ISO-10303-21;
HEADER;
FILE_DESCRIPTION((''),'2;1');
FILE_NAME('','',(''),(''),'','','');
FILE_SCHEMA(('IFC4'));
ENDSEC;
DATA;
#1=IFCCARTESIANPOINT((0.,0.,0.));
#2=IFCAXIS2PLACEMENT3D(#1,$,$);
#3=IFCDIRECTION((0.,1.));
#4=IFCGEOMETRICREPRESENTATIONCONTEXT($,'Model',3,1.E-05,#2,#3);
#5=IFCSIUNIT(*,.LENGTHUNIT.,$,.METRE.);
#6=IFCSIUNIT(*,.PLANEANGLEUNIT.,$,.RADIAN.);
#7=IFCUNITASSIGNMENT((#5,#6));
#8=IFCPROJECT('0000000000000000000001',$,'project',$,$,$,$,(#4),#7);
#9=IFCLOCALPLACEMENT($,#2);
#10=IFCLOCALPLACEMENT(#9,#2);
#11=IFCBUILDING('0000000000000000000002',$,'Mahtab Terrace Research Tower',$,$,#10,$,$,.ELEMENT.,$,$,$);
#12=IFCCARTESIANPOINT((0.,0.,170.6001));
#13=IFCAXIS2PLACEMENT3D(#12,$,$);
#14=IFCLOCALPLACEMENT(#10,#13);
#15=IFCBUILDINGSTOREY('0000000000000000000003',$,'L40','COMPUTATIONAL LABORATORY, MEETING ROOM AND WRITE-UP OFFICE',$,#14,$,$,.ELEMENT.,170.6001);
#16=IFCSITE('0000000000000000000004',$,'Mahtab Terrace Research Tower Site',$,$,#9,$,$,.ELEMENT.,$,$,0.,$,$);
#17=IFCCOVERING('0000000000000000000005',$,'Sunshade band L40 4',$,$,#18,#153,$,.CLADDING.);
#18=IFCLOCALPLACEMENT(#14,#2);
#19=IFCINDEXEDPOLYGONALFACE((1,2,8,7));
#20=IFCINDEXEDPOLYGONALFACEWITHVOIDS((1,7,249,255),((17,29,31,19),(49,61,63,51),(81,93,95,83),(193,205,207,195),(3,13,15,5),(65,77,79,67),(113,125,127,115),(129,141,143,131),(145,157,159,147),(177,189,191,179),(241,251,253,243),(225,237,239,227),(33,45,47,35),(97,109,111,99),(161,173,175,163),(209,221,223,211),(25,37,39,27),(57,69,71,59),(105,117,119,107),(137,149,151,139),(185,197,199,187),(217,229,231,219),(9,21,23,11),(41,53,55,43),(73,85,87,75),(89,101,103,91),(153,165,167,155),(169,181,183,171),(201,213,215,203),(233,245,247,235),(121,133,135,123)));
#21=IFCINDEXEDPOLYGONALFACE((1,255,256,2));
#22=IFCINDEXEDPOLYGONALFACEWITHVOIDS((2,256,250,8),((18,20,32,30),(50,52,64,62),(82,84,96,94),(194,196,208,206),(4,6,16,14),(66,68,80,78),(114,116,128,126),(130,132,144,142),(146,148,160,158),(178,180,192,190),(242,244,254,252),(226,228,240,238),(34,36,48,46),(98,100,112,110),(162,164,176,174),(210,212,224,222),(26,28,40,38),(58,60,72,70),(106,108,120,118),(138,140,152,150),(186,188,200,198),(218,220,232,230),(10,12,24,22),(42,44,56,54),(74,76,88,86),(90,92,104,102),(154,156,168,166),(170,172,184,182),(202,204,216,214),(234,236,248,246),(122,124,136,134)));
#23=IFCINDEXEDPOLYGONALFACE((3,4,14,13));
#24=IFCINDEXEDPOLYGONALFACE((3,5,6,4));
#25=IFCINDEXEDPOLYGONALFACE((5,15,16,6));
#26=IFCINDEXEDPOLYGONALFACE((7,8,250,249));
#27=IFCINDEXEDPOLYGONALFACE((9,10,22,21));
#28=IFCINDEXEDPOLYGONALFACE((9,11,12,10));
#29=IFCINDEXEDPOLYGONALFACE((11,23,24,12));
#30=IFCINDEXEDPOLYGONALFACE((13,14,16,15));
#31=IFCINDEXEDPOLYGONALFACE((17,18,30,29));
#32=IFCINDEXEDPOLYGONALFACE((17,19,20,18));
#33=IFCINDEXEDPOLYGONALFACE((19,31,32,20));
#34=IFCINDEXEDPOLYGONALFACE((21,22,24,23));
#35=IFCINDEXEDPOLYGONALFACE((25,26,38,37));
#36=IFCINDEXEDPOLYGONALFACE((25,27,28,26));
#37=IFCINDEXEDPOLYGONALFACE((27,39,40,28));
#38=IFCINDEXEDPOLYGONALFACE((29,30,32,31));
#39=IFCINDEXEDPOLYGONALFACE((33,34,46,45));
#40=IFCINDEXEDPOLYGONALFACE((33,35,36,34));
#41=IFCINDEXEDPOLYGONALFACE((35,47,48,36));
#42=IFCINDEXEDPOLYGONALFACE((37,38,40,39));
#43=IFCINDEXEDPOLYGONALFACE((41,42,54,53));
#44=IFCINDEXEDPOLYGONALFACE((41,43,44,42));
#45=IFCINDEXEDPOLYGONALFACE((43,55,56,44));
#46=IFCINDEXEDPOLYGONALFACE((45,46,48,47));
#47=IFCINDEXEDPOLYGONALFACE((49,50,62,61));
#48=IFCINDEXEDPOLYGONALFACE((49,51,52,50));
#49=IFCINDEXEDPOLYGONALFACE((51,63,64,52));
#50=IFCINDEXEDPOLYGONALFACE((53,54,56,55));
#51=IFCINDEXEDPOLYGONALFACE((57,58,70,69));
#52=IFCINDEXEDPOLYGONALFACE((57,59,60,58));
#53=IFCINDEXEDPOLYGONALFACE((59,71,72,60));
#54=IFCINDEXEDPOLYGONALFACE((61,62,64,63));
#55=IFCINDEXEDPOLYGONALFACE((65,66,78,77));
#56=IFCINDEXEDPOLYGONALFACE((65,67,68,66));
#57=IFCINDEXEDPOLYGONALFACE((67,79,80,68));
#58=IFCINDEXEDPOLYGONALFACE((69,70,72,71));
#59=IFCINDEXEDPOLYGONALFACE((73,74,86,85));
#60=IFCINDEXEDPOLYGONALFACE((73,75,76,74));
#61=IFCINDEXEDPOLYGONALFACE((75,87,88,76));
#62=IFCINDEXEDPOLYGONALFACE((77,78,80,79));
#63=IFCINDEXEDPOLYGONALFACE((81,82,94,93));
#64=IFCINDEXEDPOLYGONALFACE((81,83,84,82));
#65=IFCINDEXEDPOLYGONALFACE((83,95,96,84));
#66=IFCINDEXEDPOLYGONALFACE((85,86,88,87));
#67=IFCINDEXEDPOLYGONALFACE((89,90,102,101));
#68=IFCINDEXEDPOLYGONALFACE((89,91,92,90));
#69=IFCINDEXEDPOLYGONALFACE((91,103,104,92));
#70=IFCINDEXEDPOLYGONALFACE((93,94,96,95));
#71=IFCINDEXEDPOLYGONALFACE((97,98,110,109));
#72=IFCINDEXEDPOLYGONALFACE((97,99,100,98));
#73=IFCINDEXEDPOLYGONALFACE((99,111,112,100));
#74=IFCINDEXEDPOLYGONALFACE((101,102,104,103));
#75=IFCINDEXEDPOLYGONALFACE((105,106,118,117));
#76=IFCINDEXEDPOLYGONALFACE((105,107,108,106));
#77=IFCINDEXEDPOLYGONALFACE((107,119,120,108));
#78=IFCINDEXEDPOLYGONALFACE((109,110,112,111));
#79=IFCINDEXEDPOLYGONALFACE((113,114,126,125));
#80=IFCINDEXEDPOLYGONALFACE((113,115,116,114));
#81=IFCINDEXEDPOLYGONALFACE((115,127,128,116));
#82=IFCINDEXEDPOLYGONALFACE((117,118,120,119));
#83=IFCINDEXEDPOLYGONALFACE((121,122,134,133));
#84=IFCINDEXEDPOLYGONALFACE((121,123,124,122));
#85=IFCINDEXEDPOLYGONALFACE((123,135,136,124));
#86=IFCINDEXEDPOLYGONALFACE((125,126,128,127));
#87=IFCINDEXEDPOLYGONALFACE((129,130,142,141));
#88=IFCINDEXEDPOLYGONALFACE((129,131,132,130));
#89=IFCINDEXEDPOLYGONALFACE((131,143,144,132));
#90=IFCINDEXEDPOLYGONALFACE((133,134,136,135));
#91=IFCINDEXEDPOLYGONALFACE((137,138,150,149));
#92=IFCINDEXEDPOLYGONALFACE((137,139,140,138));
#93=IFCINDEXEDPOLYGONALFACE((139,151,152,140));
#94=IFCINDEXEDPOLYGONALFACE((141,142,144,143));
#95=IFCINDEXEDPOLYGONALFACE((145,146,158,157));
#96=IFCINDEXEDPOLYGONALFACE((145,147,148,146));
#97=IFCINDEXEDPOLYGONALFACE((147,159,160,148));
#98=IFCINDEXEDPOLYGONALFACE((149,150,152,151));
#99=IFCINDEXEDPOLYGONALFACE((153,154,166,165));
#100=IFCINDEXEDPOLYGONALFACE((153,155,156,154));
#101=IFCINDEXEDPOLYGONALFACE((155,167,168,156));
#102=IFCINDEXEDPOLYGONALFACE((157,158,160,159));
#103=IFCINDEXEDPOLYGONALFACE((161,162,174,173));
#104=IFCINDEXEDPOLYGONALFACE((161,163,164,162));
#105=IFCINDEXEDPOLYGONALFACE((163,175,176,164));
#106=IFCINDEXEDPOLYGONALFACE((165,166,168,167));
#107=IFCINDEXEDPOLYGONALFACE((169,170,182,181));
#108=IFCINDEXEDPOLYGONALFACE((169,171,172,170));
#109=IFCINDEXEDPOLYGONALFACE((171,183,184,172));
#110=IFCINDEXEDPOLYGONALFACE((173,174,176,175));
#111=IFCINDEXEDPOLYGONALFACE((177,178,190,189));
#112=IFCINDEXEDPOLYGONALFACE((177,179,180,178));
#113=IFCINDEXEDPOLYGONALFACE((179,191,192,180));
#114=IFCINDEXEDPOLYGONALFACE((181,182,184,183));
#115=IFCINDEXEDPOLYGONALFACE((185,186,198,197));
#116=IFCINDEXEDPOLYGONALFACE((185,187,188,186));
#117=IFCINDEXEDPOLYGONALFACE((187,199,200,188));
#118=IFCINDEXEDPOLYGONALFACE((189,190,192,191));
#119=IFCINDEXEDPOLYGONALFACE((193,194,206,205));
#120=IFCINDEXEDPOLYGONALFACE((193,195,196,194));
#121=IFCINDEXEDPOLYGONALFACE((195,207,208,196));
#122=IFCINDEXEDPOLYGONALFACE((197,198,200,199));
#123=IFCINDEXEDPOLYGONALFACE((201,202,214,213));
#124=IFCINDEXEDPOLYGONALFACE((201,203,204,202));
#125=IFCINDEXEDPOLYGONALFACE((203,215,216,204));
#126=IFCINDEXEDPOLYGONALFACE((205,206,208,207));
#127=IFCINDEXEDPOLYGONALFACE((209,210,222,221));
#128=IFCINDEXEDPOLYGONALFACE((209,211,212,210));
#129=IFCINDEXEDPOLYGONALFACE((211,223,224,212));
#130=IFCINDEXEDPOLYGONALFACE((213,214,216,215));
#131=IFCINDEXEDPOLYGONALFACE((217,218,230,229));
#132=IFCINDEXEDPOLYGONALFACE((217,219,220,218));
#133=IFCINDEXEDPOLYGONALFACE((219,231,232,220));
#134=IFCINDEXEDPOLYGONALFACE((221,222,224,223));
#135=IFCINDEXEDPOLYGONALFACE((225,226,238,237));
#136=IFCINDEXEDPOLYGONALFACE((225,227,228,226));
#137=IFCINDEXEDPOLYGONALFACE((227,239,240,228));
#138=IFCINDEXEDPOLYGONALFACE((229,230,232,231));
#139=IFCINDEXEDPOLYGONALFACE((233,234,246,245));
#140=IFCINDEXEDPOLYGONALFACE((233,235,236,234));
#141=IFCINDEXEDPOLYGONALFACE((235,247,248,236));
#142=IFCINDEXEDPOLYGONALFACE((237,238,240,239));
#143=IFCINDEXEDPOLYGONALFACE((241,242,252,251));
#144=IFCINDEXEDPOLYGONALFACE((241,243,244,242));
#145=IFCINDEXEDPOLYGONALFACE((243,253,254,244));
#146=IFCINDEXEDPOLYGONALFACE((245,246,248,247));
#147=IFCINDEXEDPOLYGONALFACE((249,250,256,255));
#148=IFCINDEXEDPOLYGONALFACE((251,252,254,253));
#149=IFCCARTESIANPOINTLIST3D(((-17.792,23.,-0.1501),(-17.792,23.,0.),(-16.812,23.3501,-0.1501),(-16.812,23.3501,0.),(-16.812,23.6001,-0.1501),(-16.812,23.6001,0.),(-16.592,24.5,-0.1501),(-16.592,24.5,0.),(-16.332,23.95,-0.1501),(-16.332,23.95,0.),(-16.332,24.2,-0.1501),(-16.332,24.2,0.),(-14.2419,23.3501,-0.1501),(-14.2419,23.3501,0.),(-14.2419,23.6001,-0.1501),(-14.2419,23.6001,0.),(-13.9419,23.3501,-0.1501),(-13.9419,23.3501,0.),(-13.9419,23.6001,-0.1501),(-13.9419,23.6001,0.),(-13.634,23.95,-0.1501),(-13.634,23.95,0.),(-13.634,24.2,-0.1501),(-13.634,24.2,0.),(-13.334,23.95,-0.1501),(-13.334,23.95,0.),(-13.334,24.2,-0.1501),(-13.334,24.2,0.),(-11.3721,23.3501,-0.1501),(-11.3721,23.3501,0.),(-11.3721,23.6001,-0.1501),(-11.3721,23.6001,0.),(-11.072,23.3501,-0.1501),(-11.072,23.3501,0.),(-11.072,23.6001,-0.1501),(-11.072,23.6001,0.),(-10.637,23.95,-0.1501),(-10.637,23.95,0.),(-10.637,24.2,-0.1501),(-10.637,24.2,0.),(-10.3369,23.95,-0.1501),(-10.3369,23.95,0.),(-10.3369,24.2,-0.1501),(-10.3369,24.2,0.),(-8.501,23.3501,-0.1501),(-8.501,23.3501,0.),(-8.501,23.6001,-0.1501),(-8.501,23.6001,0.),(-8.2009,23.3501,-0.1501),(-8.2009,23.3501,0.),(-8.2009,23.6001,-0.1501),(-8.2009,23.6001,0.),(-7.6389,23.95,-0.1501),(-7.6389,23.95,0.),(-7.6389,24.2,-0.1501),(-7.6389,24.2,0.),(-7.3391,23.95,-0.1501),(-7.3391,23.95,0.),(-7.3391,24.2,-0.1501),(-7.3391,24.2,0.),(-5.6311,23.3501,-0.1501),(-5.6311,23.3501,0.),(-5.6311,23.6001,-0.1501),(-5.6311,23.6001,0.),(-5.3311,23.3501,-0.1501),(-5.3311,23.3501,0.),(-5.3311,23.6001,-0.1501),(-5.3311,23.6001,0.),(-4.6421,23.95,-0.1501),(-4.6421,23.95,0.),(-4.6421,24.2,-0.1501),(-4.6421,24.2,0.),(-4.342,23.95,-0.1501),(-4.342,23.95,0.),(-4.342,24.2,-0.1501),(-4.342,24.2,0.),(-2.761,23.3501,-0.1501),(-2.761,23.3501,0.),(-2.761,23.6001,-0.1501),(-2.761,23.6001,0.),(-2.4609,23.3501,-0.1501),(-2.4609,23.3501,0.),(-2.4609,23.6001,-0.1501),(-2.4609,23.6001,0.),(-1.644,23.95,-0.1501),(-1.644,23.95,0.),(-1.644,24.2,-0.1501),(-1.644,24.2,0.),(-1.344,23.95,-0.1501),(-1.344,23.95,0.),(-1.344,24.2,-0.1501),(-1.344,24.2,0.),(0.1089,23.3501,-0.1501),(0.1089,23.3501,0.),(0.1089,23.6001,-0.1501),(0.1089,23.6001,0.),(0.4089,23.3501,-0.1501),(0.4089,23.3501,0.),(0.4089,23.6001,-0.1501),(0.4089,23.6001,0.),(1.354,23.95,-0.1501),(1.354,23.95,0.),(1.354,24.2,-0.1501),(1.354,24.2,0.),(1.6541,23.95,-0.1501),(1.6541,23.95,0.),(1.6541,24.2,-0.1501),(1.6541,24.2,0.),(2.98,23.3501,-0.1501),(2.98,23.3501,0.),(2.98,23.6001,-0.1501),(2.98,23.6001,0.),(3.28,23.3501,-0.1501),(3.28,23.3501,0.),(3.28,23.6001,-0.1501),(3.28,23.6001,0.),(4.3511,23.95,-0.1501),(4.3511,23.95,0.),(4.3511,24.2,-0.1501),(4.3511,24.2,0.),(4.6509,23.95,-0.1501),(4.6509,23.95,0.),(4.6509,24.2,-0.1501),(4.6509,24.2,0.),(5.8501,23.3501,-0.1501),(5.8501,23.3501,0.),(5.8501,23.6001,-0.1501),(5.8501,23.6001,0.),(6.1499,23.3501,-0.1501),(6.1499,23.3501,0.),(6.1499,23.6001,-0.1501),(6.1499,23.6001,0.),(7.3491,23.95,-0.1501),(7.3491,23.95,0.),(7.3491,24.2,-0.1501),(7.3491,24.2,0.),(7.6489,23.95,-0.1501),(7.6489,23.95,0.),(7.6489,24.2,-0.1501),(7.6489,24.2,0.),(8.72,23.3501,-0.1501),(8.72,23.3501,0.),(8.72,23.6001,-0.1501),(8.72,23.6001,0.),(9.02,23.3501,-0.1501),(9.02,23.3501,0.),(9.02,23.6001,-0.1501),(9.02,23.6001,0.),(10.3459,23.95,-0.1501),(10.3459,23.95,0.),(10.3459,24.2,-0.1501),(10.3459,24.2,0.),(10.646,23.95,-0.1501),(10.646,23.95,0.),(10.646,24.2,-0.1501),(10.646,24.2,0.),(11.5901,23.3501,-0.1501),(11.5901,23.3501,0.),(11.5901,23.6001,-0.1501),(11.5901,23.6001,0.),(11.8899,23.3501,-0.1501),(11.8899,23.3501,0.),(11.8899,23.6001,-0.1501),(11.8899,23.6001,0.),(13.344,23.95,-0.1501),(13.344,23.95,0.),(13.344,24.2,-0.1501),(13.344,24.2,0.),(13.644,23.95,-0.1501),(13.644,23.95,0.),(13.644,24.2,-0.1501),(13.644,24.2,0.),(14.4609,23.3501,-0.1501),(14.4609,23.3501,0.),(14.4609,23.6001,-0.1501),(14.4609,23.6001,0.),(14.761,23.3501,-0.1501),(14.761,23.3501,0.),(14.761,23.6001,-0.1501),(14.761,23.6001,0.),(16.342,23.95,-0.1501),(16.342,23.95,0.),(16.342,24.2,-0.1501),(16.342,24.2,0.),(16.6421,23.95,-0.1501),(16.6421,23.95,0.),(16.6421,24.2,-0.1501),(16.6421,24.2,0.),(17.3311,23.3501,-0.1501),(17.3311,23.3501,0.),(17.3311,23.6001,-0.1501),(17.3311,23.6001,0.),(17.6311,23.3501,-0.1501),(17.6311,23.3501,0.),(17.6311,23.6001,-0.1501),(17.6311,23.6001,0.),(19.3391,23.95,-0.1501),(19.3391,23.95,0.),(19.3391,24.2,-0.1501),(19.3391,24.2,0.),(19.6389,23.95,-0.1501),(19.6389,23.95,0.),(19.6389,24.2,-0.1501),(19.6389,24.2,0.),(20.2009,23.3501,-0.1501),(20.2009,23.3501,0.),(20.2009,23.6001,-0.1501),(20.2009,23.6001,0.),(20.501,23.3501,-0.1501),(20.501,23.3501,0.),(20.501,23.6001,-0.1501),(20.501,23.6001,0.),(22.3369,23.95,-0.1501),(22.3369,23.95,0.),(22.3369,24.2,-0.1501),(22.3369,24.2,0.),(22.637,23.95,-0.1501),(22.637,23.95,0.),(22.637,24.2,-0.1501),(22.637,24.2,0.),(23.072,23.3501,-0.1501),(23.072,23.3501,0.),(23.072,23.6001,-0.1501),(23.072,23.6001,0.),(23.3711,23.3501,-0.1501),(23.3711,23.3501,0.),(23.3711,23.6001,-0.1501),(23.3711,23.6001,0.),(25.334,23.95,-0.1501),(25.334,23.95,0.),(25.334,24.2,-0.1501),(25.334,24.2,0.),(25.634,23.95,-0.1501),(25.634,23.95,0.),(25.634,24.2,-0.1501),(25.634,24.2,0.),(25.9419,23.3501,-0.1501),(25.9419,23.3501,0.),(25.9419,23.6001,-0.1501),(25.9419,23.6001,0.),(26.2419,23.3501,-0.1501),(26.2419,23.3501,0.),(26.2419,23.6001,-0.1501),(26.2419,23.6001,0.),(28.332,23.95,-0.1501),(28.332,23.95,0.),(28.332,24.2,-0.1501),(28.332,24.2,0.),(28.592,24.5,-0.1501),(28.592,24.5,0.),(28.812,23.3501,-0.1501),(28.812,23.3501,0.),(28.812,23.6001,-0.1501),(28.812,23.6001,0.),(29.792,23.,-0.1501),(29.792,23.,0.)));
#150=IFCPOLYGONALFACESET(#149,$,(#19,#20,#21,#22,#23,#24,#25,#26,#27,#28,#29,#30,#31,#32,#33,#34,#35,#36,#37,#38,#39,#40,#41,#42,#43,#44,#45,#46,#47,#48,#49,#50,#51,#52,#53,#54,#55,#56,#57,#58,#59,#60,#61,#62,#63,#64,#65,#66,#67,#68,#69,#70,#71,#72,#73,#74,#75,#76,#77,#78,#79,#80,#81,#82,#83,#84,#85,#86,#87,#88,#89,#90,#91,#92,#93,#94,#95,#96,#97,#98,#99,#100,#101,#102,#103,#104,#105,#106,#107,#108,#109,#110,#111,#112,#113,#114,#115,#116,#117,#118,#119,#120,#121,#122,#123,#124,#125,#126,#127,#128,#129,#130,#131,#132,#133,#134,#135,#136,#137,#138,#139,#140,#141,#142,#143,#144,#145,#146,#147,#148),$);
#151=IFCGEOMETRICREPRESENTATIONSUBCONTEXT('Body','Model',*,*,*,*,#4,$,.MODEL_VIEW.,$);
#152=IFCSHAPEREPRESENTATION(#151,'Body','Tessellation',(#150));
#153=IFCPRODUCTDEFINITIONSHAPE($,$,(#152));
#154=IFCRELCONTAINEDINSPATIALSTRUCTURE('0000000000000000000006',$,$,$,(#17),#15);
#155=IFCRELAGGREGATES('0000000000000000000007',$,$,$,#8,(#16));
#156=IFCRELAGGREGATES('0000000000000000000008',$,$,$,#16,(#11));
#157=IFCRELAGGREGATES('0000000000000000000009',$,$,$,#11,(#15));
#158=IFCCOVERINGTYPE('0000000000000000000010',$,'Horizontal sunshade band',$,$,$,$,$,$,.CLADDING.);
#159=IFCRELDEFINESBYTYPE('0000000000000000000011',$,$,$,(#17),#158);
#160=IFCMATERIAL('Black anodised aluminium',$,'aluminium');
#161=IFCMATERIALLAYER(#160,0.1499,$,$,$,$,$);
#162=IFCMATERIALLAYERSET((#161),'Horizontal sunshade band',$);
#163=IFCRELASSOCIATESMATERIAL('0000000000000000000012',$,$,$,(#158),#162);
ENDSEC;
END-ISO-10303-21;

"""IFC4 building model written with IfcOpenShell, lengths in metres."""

from ifc_helpers import new_model, si_unit, direction, frame, origin, place, context, subcontext, project, spatial, polyline, outline, extrude, material, layer, layer_set, type_object, element, save


model = new_model("IFC4")

# Units and contexts
model_context = context("Model", 3, precision=1e-05, world=origin(), true_north=direction((0.0, 1.0)))
body_context = subcontext(model_context, "Body", "Model", "MODEL_VIEW")
ifc_project = project(units=[si_unit("LENGTHUNIT", "METRE"), si_unit("PLANEANGLEUNIT", "RADIAN")], contexts=[model_context])

# Site, building, storey
site_placement = place(None, origin())
site = spatial("IfcSite", under=ifc_project, at=site_placement, Name="Mahtab Terrace Research Tower Site", CompositionType="ELEMENT", RefElevation=0.0)
building_placement = place(site_placement, origin())
building = spatial("IfcBuilding", under=site, at=building_placement, Name="Mahtab Terrace Research Tower", CompositionType="ELEMENT")
storey_placement = place(building_placement, frame((0.0, 0.0, 170.6001)))
storey = spatial("IfcBuildingStorey", under=building, at=storey_placement, Name="L40", Description="COMPUTATIONAL LABORATORY, MEETING ROOM AND WRITE-UP OFFICE", CompositionType="ELEMENT", Elevation=170.6001)

# Covering
ifc_material_1 = material(Name="Black anodised aluminium", Category="aluminium")
ifc_layer_1 = layer(ifc_material_1, 0.1499)
ifc_layer_set_1 = layer_set([ifc_layer_1], Name="Horizontal sunshade band")
covering_type = type_object("IfcCoveringType", Name="Horizontal sunshade band", PredefinedType="CLADDING", material=ifc_layer_set_1)
covering_1_placement = place(storey_placement, frame((0.0, 0.0, -0.1501)))
element("IfcCovering", 1, at=covering_1_placement, inside=storey, type_object=covering_type, Name="Sunshade band L40 4", PredefinedType="CLADDING", context=body_context, shape_type="SweptSolid", body=[
    extrude(outline(polyline([(29.792, 23.0), (-17.792, 23.0), (-16.592, 24.5), (28.592, 24.5), (29.792, 23.0)]), holes=[polyline([(28.812, 23.3501), (26.2419, 23.3501), (26.2419, 23.6001), (28.812, 23.6001), (28.812, 23.3501)]), polyline([(25.9419, 23.3501), (23.3711, 23.3501), (23.3711, 23.6001), (25.9419, 23.6001), (25.9419, 23.3501)]), polyline([(23.072, 23.3501), (20.501, 23.3501), (20.501, 23.6001), (23.072, 23.6001), (23.072, 23.3501)]), polyline([(20.2009, 23.3501), (17.6311, 23.3501), (17.6311, 23.6001), (20.2009, 23.6001), (20.2009, 23.3501)]), polyline([(17.3311, 23.3501), (14.761, 23.3501), (14.761, 23.6001), (17.3311, 23.6001), (17.3311, 23.3501)]), polyline([(14.4609, 23.3501), (11.8899, 23.3501), (11.8899, 23.6001), (14.4609, 23.6001), (14.4609, 23.3501)]), polyline([(11.5901, 23.3501), (9.02, 23.3501), (9.02, 23.6001), (11.5901, 23.6001), (11.5901, 23.3501)]), polyline([(8.72, 23.3501), (6.1499, 23.3501), (6.1499, 23.6001), (8.72, 23.6001), (8.72, 23.3501)]), polyline([(5.8501, 23.3501), (3.28, 23.3501), (3.28, 23.6001), (5.8501, 23.6001), (5.8501, 23.3501)]), polyline([(2.98, 23.3501), (0.4089, 23.3501), (0.4089, 23.6001), (2.98, 23.6001), (2.98, 23.3501)]), polyline([(0.1089, 23.3501), (-2.4609, 23.3501), (-2.4609, 23.6001), (0.1089, 23.6001), (0.1089, 23.3501)]), polyline([(-2.761, 23.3501), (-5.3311, 23.3501), (-5.3311, 23.6001), (-2.761, 23.6001), (-2.761, 23.3501)]), polyline([(-5.6311, 23.3501), (-8.2009, 23.3501), (-8.2009, 23.6001), (-5.6311, 23.6001), (-5.6311, 23.3501)]), polyline([(-8.501, 23.3501), (-11.072, 23.3501), (-11.072, 23.6001), (-8.501, 23.6001), (-8.501, 23.3501)]), polyline([(-11.3721, 23.3501), (-13.9419, 23.3501), (-13.9419, 23.6001), (-11.3721, 23.6001), (-11.3721, 23.3501)]), polyline([(-14.2419, 23.3501), (-16.812, 23.3501), (-16.812, 23.6001), (-14.2419, 23.6001), (-14.2419, 23.3501)]), polyline([(28.332, 23.95), (25.634, 23.95), (25.634, 24.2), (28.332, 24.2), (28.332, 23.95)]), polyline([(25.334, 23.95), (22.637, 23.95), (22.637, 24.2), (25.334, 24.2), (25.334, 23.95)]), polyline([(22.3369, 23.95), (19.6389, 23.95), (19.6389, 24.2), (22.3369, 24.2), (22.3369, 23.95)]), polyline([(19.3391, 23.95), (16.6421, 23.95), (16.6421, 24.2), (19.3391, 24.2), (19.3391, 23.95)]), polyline([(16.342, 23.95), (13.644, 23.95), (13.644, 24.2), (16.342, 24.2), (16.342, 23.95)]), polyline([(13.344, 23.95), (10.646, 23.95), (10.646, 24.2), (13.344, 24.2), (13.344, 23.95)]), polyline([(10.3459, 23.95), (7.6489, 23.95), (7.6489, 24.2), (10.3459, 24.2), (10.3459, 23.95)]), polyline([(7.3491, 23.95), (4.6509, 23.95), (4.6509, 24.2), (7.3491, 24.2), (7.3491, 23.95)]), polyline([(4.3511, 23.95), (1.6541, 23.95), (1.6541, 24.2), (4.3511, 24.2), (4.3511, 23.95)]), polyline([(1.354, 23.95), (-1.344, 23.95), (-1.344, 24.2), (1.354, 24.2), (1.354, 23.95)]), polyline([(-1.644, 23.95), (-4.342, 23.95), (-4.342, 24.2), (-1.644, 24.2), (-1.644, 23.95)]), polyline([(-4.6421, 23.95), (-7.3391, 23.95), (-7.3391, 24.2), (-4.6421, 24.2), (-4.6421, 23.95)]), polyline([(-7.6389, 23.95), (-10.3369, 23.95), (-10.3369, 24.2), (-7.6389, 24.2), (-7.6389, 23.95)]), polyline([(-10.637, 23.95), (-13.334, 23.95), (-13.334, 24.2), (-10.637, 24.2), (-10.637, 23.95)]), polyline([(-13.634, 23.95), (-16.332, 23.95), (-16.332, 24.2), (-13.634, 24.2), (-13.634, 23.95)])]), origin(), (0.0, 0.0, 1.0), 0.1501),
])

save(model, "model.ifc")
